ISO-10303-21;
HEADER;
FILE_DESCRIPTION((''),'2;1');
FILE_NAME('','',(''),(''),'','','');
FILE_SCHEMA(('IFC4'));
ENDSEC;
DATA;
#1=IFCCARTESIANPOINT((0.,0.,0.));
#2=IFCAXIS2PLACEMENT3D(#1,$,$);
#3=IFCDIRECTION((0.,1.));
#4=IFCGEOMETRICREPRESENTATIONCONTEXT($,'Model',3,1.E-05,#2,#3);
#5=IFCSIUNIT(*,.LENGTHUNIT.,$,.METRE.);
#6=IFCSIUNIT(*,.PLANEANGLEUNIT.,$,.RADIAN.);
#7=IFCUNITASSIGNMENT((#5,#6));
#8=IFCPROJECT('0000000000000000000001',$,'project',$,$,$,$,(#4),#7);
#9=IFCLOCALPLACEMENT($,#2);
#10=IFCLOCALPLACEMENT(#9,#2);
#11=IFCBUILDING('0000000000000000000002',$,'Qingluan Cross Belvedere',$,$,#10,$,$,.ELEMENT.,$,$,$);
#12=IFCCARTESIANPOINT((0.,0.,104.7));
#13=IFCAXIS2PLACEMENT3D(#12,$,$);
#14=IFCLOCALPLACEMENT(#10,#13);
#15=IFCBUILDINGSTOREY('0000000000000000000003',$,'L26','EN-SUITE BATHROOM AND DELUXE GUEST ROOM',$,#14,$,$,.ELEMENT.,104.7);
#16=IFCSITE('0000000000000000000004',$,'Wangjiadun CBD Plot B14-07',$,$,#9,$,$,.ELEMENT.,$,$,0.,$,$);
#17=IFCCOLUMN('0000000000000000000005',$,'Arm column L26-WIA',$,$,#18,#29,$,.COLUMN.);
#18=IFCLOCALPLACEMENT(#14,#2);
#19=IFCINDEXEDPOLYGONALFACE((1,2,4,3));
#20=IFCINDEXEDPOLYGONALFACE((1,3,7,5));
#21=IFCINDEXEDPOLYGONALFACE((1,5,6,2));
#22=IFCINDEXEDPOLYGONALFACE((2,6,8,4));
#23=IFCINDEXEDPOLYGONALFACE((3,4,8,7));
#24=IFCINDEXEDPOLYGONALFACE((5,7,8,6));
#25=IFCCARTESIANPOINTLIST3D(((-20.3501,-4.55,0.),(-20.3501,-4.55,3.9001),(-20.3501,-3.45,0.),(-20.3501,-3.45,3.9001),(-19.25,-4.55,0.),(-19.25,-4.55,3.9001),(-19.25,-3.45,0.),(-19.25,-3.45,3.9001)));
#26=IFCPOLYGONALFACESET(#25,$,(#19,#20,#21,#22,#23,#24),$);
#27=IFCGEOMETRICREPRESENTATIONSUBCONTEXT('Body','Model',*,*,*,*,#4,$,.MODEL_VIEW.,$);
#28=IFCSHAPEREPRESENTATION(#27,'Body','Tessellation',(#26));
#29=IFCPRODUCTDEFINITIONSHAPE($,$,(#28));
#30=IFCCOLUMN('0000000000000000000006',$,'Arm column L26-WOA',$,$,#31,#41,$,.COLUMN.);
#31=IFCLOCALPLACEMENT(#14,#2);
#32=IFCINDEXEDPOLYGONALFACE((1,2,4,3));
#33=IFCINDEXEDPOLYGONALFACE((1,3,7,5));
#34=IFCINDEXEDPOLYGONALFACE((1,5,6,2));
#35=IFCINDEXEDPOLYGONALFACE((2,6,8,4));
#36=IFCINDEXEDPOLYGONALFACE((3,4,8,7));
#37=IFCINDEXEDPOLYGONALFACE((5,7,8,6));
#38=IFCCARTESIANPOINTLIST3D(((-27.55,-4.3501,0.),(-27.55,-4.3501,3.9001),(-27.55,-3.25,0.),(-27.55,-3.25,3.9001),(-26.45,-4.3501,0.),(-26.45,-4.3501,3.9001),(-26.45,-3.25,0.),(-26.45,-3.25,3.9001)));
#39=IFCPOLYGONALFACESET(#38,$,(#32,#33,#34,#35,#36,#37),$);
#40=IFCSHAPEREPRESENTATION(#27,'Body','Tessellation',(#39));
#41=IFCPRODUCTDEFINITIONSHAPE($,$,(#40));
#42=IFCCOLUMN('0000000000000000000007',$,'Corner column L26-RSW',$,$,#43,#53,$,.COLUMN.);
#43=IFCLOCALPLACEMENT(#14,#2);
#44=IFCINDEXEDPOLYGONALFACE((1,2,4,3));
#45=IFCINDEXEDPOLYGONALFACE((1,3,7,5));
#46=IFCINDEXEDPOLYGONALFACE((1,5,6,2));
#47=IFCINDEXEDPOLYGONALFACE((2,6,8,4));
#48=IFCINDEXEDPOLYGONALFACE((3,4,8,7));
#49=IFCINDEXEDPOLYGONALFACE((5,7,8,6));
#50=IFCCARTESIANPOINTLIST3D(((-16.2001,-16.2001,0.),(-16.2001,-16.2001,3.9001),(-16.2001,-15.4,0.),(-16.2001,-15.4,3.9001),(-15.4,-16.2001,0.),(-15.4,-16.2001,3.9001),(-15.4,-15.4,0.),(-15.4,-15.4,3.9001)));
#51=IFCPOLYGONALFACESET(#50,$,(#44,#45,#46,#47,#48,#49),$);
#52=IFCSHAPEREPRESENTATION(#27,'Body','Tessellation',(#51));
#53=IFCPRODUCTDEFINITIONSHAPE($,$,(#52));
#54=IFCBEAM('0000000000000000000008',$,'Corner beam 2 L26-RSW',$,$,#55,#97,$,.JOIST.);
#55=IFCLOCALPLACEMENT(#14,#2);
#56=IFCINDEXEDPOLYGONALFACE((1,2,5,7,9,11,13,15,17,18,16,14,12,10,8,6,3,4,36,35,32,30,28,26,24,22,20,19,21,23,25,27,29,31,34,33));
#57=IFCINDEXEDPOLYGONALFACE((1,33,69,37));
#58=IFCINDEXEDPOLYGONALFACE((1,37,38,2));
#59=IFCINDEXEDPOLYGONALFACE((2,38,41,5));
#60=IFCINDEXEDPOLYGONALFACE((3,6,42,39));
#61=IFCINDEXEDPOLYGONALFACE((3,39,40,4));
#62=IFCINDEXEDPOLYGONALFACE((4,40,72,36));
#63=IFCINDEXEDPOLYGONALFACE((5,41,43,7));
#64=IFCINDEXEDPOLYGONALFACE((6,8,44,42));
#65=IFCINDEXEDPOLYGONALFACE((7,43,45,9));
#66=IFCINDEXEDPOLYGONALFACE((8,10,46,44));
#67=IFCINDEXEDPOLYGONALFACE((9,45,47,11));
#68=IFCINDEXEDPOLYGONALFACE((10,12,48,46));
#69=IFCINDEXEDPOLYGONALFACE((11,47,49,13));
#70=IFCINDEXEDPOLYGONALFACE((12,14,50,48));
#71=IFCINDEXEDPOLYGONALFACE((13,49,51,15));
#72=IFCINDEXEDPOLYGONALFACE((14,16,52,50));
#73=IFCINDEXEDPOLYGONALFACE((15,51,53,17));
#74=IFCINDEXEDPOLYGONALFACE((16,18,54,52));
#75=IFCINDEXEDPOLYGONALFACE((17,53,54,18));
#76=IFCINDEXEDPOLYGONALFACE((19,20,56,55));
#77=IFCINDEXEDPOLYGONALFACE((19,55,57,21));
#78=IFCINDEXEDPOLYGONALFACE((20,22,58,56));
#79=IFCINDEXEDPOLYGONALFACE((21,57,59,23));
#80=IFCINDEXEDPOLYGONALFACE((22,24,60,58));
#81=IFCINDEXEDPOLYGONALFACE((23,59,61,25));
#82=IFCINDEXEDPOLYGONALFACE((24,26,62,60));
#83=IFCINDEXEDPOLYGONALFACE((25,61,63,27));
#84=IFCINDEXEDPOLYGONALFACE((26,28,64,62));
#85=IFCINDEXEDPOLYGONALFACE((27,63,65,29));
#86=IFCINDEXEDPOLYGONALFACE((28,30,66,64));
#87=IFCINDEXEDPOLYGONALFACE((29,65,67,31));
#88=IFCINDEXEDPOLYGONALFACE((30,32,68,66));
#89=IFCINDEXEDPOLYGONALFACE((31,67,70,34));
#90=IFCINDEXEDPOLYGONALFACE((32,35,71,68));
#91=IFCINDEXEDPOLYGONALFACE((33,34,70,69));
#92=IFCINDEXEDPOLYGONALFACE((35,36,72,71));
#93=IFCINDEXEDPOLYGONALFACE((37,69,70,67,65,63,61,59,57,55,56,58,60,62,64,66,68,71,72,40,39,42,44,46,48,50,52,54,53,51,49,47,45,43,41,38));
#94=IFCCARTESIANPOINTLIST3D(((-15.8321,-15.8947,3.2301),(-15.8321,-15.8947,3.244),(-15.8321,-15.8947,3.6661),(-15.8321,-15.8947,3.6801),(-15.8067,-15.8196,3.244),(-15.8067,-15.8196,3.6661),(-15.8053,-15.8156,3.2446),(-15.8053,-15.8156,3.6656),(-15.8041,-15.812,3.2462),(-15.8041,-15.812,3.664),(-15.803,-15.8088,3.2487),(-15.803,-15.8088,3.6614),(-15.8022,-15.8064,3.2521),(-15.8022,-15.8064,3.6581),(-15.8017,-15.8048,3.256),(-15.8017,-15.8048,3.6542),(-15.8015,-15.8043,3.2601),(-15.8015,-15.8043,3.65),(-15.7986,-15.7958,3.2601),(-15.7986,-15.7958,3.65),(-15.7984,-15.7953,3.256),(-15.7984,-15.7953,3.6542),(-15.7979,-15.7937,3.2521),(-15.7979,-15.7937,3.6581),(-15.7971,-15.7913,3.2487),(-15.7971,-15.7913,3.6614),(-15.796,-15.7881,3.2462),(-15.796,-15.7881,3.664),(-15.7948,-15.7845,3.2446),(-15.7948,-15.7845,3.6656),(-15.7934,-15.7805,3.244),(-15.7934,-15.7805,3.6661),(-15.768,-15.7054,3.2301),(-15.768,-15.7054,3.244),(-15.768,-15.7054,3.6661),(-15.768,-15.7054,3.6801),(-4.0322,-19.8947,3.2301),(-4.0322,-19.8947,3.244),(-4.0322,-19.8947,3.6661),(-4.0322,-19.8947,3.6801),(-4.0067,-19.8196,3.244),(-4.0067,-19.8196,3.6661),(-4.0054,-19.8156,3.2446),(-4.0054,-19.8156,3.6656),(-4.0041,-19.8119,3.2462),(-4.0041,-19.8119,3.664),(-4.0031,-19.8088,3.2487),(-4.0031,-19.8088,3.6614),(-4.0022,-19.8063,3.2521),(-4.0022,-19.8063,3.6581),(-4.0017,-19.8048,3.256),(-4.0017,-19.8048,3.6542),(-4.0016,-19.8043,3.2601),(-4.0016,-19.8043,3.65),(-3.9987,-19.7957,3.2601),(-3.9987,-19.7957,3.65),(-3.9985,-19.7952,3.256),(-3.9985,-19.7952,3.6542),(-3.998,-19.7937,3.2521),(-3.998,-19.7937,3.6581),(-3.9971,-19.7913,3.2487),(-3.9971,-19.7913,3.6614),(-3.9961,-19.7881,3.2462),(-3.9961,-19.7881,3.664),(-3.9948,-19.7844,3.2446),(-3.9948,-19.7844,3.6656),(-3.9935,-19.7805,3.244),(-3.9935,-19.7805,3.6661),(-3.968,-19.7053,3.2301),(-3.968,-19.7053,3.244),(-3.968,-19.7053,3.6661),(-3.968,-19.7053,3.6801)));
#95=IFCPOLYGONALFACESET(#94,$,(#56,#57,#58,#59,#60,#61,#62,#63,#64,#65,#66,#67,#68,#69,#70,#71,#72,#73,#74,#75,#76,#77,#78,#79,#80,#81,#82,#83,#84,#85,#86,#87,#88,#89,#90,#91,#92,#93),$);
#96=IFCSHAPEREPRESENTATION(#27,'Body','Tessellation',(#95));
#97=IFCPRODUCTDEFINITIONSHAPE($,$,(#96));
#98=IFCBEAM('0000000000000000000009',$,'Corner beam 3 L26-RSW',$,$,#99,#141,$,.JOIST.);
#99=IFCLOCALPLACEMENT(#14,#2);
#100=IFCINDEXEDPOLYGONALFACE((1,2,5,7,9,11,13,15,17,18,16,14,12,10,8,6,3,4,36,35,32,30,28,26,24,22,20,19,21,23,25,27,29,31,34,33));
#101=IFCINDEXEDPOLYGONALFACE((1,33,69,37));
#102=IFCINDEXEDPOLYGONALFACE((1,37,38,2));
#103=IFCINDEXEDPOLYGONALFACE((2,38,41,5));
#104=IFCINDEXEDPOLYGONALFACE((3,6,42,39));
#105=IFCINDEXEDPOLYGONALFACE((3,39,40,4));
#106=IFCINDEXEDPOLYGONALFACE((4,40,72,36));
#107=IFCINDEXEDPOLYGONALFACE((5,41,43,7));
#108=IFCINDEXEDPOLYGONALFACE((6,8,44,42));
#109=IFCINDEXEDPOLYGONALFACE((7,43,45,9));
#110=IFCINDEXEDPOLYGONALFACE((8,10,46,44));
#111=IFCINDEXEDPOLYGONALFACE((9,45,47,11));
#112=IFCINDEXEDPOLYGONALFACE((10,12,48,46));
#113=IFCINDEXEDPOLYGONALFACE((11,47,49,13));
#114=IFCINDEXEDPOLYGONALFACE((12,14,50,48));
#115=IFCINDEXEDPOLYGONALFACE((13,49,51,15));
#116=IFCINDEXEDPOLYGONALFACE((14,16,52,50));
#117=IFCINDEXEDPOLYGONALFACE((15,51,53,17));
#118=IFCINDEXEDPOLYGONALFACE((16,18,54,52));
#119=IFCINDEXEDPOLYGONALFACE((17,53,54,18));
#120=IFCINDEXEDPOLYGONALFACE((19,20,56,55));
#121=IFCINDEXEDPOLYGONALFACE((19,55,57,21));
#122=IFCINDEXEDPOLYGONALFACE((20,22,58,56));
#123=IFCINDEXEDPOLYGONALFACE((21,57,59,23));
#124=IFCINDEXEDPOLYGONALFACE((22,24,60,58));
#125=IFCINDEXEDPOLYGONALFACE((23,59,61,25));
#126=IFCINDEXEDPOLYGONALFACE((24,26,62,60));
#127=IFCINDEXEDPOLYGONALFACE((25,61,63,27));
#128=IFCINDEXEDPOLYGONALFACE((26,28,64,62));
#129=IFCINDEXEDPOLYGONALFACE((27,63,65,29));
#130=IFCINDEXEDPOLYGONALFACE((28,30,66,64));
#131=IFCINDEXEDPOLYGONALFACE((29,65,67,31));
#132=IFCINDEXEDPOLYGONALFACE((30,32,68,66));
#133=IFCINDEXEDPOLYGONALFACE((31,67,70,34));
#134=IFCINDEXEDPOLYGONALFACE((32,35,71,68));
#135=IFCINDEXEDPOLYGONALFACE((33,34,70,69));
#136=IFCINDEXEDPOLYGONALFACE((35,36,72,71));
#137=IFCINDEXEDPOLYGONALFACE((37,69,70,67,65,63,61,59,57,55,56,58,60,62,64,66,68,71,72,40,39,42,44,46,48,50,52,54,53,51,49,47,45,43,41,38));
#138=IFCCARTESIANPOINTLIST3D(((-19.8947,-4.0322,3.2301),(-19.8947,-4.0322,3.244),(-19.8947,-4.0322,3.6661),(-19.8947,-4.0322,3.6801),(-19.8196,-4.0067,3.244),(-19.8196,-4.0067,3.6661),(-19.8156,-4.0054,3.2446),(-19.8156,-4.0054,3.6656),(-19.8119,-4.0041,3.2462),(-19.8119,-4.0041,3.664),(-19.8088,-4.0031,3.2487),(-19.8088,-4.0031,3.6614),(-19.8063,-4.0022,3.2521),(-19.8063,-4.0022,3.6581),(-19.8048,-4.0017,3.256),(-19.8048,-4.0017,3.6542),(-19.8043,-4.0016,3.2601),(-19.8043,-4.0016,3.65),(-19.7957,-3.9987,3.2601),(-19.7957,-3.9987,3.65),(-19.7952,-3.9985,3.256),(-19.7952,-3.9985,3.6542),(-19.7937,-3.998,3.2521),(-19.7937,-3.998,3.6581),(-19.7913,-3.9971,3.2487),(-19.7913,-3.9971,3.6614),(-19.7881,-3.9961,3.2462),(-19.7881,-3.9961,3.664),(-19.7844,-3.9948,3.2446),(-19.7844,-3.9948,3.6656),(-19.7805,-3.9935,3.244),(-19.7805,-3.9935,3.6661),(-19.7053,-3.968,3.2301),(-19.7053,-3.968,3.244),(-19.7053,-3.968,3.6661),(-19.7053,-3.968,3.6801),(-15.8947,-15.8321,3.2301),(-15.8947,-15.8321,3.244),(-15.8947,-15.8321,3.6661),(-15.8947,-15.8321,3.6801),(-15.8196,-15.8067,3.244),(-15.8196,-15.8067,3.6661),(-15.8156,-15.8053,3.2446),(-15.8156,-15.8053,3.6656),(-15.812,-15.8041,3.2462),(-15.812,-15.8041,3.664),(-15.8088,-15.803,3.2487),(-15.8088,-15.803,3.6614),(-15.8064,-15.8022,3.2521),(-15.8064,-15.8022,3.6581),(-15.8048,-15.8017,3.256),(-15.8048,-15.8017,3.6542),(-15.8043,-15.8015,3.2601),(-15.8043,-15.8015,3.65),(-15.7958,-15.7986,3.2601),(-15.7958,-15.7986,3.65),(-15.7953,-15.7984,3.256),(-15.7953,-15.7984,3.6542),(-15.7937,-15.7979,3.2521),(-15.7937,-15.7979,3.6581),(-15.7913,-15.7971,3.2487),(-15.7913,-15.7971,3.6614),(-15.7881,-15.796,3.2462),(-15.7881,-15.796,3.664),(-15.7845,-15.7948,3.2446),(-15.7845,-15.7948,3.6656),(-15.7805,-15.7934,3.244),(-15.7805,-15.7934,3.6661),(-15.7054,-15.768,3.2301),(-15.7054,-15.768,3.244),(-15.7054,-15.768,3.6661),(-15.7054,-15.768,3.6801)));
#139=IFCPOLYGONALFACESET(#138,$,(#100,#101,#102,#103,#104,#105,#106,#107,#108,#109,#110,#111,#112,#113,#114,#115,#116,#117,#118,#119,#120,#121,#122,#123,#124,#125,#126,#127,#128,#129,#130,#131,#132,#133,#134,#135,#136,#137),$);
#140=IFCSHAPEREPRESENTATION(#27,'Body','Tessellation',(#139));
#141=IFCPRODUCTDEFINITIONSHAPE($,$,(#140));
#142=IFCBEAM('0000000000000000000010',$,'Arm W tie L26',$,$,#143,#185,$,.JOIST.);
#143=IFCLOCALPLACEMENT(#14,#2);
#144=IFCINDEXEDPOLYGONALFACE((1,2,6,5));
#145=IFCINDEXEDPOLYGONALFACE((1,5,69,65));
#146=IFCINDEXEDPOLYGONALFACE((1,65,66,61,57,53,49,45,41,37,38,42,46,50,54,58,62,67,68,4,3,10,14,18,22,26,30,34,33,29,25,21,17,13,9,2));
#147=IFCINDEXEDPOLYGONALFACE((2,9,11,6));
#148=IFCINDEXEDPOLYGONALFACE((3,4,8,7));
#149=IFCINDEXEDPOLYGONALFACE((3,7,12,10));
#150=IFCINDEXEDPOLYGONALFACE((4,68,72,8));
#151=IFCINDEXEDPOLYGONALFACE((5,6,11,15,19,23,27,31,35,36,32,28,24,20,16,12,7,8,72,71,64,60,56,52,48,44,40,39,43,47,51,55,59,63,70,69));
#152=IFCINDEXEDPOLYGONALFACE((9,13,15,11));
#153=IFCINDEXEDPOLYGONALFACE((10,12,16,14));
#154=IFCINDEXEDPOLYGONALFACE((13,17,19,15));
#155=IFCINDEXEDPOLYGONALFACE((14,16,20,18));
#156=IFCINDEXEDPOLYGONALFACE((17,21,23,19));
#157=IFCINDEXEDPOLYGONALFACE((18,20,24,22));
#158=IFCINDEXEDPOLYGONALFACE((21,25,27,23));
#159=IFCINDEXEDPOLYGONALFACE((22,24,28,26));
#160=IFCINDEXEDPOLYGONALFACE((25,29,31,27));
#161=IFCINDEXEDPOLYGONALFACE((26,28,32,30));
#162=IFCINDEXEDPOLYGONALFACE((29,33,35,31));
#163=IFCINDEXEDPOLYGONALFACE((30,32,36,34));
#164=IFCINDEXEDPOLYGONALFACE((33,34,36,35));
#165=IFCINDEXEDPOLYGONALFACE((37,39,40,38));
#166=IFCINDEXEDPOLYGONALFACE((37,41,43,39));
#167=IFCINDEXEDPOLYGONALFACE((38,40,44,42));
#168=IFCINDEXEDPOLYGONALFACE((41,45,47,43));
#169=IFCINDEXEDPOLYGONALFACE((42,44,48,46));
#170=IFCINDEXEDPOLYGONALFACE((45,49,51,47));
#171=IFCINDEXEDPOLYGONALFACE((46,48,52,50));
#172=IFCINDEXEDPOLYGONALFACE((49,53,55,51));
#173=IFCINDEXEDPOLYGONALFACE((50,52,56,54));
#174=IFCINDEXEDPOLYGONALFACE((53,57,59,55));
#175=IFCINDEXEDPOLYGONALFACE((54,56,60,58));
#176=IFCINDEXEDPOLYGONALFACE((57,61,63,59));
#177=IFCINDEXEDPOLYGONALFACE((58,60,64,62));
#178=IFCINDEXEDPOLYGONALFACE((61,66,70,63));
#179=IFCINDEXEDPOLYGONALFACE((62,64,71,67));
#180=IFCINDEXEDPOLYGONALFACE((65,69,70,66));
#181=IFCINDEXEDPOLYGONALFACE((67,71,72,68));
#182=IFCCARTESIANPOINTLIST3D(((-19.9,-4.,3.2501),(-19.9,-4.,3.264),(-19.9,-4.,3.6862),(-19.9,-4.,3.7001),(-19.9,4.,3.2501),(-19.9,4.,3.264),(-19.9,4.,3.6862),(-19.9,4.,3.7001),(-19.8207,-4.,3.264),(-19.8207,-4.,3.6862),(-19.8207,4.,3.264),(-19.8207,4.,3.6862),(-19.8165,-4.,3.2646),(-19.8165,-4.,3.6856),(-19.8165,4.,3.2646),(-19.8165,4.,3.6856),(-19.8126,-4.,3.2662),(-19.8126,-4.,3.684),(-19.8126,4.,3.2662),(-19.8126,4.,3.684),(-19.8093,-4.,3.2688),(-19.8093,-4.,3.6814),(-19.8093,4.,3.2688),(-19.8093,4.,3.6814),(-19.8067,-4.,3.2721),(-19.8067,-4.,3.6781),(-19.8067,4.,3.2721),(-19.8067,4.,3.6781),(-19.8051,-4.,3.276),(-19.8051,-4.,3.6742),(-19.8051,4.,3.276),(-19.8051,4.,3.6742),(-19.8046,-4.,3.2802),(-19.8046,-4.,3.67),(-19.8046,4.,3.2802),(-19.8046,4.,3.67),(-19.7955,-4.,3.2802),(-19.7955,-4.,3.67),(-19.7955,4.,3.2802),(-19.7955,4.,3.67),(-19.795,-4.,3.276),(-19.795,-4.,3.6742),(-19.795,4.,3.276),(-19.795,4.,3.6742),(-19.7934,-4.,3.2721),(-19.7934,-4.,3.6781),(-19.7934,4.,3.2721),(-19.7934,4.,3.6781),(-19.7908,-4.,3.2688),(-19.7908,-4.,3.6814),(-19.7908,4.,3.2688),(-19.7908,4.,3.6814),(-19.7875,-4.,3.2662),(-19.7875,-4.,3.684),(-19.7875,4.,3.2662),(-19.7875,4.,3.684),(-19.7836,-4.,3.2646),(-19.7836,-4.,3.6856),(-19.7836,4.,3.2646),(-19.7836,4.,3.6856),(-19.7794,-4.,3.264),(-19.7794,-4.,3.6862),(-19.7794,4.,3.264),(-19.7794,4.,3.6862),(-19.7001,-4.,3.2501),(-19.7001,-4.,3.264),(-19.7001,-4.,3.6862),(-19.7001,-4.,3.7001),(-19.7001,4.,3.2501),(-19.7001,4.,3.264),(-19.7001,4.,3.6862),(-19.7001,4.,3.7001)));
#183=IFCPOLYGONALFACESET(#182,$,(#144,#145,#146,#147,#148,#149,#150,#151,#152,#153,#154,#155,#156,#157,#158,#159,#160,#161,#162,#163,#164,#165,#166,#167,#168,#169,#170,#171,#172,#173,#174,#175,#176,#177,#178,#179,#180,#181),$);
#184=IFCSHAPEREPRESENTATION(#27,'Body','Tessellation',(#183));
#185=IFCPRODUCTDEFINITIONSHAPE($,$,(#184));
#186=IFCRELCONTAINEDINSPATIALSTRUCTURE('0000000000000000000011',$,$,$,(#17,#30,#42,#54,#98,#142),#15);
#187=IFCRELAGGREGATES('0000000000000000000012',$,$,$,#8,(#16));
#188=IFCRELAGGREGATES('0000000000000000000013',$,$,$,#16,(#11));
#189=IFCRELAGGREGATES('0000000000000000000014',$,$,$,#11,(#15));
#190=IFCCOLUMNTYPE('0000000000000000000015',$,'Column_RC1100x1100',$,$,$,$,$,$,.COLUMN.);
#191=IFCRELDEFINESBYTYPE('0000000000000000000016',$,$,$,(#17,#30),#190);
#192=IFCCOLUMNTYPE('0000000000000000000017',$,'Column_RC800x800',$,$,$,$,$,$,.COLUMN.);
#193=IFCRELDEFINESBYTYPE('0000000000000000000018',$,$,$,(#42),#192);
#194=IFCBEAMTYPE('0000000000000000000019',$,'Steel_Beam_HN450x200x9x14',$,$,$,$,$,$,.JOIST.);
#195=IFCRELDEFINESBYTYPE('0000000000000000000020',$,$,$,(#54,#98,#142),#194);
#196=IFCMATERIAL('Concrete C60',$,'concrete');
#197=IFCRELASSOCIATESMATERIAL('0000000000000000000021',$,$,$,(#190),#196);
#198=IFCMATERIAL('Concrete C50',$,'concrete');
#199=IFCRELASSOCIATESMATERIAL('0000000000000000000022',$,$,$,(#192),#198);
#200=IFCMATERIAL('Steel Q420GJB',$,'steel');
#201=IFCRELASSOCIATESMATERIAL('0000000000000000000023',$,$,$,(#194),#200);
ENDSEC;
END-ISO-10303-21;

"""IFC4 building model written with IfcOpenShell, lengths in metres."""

from ifc_helpers import new_model, si_unit, direction, frame, origin, origin_2d, place, context, subcontext, project, spatial, rectangle, i_section, extrude, material, material_profile, profile_set, type_object, element, save


model = new_model("IFC4")

# Units and contexts
model_context = context("Model", 3, precision=1e-05, world=origin(), true_north=direction((0.0, 1.0)))
body_context = subcontext(model_context, "Body", "Model", "MODEL_VIEW")
ifc_project = project(units=[si_unit("LENGTHUNIT", "METRE"), si_unit("PLANEANGLEUNIT", "RADIAN")], contexts=[model_context])

# Site, building, storey
site_placement = place(None, origin())
site = spatial("IfcSite", under=ifc_project, at=site_placement, Name="Wangjiadun CBD Plot B14-07", CompositionType="ELEMENT", RefElevation=0.0)
building_placement = place(site_placement, origin())
building = spatial("IfcBuilding", under=site, at=building_placement, Name="Qingluan Cross Belvedere", CompositionType="ELEMENT")
storey_placement = place(building_placement, frame((0.0, 0.0, 104.7)))
storey = spatial("IfcBuildingStorey", under=building, at=storey_placement, Name="L26", Description="EN-SUITE BATHROOM AND DELUXE GUEST ROOM", CompositionType="ELEMENT", Elevation=104.7)

# Columns
ifc_material_1 = material(Name="Concrete C60", Category="concrete")
ifc_material_profile_1 = material_profile(ifc_material_1, rectangle(XDim=1.1001, YDim=1.1001, at=origin_2d()), Name="RC1100x1100")
ifc_profile_set_1 = profile_set([ifc_material_profile_1], Name="Concrete C60")
column_type_1 = type_object("IfcColumnType", Name="Column_RC1100x1100", PredefinedType="COLUMN", material=ifc_profile_set_1)
for number, where, z_axis, x_axis, name in (
    (1, (-19.8, -4.0, 0.0), (0.0, 0.0, 1.0), (1.0, 0.0, 0.0), "Arm column L26-WIA"),
    (2, (-27.0, -3.8, 0.0), (0.0, 0.0, 1.0), (1.0, 0.0, 0.0), "Arm column L26-WOA"),
):
    element("IfcColumn", number, at=place(storey_placement, frame(where, z_axis=z_axis, x_axis=x_axis)), inside=storey, type_object=column_type_1, Name=name, PredefinedType="COLUMN", context=body_context, shape_type="SweptSolid", body=[
        extrude(rectangle(XDim=1.1001, YDim=1.1001, at=origin_2d()), origin(), (0.0, 0.0, 1.0), 3.9001),
    ])
ifc_material_2 = material(Name="Concrete C50", Category="concrete")
ifc_material_profile_2 = material_profile(ifc_material_2, rectangle(XDim=0.8, YDim=0.8, at=origin_2d()), Name="RC800x800")
ifc_profile_set_2 = profile_set([ifc_material_profile_2], Name="Concrete C50")
column_type_2 = type_object("IfcColumnType", Name="Column_RC800x800", PredefinedType="COLUMN", material=ifc_profile_set_2)
column_placement = place(storey_placement, frame((-15.8, -15.8, 0.0), z_axis=(0.0, 0.0, 1.0), x_axis=(1.0, 0.0, 0.0)))
element("IfcColumn", 3, at=column_placement, inside=storey, type_object=column_type_2, Name="Corner column L26-RSW", PredefinedType="COLUMN", context=body_context, shape_type="SweptSolid", body=[
    extrude(rectangle(XDim=0.8, YDim=0.8, at=origin_2d()), origin(), (0.0, 0.0, 1.0), 3.9001),
])

# Beams
ifc_material_3 = material(Name="Steel Q420GJB", Category="steel")
ifc_material_profile_3 = material_profile(ifc_material_3, i_section(OverallWidth=0.2, OverallDepth=0.45, WebThickness=0.009, FlangeThickness=0.0139, FilletRadius=0.0161, at=origin_2d()), Name="HN450x200x9x14")
ifc_profile_set_3 = profile_set([ifc_material_profile_3], Name="Steel Q420GJB")
beam_type_1 = type_object("IfcBeamType", Name="Steel_Beam_HN450x200x9x14", PredefinedType="JOIST", material=ifc_profile_set_3)
for number, where, z_axis, x_axis, name in (
    (4, (-15.8, -15.8, 3.4551), (0.947066, -0.321038, 0.0), (0.321038, 0.947066, 0.0), "Corner beam 2 L26-RSW"),
    (5, (-15.8, -15.8, 3.4551), (-0.321038, 0.947066, 0.0), (-0.947066, -0.321038, 0.0), "Corner beam 3 L26-RSW"),
):
    element("IfcBeam", number, at=place(storey_placement, frame(where, z_axis=z_axis, x_axis=x_axis)), inside=storey, type_object=beam_type_1, Name=name, PredefinedType="JOIST", context=body_context, shape_type="SweptSolid", body=[
        extrude(i_section(OverallWidth=0.2, OverallDepth=0.45, WebThickness=0.009, FlangeThickness=0.0139, FilletRadius=0.0161, at=origin_2d()), origin(), (0.0, 0.0, 1.0), 12.4595),
    ])
beam_1_placement = place(storey_placement, frame((-19.8, -4.0, 3.4751), z_axis=(0.0, 1.0, 0.0), x_axis=(-1.0, 0.0, 0.0)))
element("IfcBeam", 6, at=beam_1_placement, inside=storey, type_object=beam_type_1, Name="Arm W tie L26", PredefinedType="JOIST", context=body_context, shape_type="SweptSolid", body=[
    extrude(i_section(OverallWidth=0.2, OverallDepth=0.45, WebThickness=0.009, FlangeThickness=0.0139, FilletRadius=0.0161, at=origin_2d()), origin(), (0.0, 0.0, 1.0), 8.0),
])

save(model, "model.ifc")
